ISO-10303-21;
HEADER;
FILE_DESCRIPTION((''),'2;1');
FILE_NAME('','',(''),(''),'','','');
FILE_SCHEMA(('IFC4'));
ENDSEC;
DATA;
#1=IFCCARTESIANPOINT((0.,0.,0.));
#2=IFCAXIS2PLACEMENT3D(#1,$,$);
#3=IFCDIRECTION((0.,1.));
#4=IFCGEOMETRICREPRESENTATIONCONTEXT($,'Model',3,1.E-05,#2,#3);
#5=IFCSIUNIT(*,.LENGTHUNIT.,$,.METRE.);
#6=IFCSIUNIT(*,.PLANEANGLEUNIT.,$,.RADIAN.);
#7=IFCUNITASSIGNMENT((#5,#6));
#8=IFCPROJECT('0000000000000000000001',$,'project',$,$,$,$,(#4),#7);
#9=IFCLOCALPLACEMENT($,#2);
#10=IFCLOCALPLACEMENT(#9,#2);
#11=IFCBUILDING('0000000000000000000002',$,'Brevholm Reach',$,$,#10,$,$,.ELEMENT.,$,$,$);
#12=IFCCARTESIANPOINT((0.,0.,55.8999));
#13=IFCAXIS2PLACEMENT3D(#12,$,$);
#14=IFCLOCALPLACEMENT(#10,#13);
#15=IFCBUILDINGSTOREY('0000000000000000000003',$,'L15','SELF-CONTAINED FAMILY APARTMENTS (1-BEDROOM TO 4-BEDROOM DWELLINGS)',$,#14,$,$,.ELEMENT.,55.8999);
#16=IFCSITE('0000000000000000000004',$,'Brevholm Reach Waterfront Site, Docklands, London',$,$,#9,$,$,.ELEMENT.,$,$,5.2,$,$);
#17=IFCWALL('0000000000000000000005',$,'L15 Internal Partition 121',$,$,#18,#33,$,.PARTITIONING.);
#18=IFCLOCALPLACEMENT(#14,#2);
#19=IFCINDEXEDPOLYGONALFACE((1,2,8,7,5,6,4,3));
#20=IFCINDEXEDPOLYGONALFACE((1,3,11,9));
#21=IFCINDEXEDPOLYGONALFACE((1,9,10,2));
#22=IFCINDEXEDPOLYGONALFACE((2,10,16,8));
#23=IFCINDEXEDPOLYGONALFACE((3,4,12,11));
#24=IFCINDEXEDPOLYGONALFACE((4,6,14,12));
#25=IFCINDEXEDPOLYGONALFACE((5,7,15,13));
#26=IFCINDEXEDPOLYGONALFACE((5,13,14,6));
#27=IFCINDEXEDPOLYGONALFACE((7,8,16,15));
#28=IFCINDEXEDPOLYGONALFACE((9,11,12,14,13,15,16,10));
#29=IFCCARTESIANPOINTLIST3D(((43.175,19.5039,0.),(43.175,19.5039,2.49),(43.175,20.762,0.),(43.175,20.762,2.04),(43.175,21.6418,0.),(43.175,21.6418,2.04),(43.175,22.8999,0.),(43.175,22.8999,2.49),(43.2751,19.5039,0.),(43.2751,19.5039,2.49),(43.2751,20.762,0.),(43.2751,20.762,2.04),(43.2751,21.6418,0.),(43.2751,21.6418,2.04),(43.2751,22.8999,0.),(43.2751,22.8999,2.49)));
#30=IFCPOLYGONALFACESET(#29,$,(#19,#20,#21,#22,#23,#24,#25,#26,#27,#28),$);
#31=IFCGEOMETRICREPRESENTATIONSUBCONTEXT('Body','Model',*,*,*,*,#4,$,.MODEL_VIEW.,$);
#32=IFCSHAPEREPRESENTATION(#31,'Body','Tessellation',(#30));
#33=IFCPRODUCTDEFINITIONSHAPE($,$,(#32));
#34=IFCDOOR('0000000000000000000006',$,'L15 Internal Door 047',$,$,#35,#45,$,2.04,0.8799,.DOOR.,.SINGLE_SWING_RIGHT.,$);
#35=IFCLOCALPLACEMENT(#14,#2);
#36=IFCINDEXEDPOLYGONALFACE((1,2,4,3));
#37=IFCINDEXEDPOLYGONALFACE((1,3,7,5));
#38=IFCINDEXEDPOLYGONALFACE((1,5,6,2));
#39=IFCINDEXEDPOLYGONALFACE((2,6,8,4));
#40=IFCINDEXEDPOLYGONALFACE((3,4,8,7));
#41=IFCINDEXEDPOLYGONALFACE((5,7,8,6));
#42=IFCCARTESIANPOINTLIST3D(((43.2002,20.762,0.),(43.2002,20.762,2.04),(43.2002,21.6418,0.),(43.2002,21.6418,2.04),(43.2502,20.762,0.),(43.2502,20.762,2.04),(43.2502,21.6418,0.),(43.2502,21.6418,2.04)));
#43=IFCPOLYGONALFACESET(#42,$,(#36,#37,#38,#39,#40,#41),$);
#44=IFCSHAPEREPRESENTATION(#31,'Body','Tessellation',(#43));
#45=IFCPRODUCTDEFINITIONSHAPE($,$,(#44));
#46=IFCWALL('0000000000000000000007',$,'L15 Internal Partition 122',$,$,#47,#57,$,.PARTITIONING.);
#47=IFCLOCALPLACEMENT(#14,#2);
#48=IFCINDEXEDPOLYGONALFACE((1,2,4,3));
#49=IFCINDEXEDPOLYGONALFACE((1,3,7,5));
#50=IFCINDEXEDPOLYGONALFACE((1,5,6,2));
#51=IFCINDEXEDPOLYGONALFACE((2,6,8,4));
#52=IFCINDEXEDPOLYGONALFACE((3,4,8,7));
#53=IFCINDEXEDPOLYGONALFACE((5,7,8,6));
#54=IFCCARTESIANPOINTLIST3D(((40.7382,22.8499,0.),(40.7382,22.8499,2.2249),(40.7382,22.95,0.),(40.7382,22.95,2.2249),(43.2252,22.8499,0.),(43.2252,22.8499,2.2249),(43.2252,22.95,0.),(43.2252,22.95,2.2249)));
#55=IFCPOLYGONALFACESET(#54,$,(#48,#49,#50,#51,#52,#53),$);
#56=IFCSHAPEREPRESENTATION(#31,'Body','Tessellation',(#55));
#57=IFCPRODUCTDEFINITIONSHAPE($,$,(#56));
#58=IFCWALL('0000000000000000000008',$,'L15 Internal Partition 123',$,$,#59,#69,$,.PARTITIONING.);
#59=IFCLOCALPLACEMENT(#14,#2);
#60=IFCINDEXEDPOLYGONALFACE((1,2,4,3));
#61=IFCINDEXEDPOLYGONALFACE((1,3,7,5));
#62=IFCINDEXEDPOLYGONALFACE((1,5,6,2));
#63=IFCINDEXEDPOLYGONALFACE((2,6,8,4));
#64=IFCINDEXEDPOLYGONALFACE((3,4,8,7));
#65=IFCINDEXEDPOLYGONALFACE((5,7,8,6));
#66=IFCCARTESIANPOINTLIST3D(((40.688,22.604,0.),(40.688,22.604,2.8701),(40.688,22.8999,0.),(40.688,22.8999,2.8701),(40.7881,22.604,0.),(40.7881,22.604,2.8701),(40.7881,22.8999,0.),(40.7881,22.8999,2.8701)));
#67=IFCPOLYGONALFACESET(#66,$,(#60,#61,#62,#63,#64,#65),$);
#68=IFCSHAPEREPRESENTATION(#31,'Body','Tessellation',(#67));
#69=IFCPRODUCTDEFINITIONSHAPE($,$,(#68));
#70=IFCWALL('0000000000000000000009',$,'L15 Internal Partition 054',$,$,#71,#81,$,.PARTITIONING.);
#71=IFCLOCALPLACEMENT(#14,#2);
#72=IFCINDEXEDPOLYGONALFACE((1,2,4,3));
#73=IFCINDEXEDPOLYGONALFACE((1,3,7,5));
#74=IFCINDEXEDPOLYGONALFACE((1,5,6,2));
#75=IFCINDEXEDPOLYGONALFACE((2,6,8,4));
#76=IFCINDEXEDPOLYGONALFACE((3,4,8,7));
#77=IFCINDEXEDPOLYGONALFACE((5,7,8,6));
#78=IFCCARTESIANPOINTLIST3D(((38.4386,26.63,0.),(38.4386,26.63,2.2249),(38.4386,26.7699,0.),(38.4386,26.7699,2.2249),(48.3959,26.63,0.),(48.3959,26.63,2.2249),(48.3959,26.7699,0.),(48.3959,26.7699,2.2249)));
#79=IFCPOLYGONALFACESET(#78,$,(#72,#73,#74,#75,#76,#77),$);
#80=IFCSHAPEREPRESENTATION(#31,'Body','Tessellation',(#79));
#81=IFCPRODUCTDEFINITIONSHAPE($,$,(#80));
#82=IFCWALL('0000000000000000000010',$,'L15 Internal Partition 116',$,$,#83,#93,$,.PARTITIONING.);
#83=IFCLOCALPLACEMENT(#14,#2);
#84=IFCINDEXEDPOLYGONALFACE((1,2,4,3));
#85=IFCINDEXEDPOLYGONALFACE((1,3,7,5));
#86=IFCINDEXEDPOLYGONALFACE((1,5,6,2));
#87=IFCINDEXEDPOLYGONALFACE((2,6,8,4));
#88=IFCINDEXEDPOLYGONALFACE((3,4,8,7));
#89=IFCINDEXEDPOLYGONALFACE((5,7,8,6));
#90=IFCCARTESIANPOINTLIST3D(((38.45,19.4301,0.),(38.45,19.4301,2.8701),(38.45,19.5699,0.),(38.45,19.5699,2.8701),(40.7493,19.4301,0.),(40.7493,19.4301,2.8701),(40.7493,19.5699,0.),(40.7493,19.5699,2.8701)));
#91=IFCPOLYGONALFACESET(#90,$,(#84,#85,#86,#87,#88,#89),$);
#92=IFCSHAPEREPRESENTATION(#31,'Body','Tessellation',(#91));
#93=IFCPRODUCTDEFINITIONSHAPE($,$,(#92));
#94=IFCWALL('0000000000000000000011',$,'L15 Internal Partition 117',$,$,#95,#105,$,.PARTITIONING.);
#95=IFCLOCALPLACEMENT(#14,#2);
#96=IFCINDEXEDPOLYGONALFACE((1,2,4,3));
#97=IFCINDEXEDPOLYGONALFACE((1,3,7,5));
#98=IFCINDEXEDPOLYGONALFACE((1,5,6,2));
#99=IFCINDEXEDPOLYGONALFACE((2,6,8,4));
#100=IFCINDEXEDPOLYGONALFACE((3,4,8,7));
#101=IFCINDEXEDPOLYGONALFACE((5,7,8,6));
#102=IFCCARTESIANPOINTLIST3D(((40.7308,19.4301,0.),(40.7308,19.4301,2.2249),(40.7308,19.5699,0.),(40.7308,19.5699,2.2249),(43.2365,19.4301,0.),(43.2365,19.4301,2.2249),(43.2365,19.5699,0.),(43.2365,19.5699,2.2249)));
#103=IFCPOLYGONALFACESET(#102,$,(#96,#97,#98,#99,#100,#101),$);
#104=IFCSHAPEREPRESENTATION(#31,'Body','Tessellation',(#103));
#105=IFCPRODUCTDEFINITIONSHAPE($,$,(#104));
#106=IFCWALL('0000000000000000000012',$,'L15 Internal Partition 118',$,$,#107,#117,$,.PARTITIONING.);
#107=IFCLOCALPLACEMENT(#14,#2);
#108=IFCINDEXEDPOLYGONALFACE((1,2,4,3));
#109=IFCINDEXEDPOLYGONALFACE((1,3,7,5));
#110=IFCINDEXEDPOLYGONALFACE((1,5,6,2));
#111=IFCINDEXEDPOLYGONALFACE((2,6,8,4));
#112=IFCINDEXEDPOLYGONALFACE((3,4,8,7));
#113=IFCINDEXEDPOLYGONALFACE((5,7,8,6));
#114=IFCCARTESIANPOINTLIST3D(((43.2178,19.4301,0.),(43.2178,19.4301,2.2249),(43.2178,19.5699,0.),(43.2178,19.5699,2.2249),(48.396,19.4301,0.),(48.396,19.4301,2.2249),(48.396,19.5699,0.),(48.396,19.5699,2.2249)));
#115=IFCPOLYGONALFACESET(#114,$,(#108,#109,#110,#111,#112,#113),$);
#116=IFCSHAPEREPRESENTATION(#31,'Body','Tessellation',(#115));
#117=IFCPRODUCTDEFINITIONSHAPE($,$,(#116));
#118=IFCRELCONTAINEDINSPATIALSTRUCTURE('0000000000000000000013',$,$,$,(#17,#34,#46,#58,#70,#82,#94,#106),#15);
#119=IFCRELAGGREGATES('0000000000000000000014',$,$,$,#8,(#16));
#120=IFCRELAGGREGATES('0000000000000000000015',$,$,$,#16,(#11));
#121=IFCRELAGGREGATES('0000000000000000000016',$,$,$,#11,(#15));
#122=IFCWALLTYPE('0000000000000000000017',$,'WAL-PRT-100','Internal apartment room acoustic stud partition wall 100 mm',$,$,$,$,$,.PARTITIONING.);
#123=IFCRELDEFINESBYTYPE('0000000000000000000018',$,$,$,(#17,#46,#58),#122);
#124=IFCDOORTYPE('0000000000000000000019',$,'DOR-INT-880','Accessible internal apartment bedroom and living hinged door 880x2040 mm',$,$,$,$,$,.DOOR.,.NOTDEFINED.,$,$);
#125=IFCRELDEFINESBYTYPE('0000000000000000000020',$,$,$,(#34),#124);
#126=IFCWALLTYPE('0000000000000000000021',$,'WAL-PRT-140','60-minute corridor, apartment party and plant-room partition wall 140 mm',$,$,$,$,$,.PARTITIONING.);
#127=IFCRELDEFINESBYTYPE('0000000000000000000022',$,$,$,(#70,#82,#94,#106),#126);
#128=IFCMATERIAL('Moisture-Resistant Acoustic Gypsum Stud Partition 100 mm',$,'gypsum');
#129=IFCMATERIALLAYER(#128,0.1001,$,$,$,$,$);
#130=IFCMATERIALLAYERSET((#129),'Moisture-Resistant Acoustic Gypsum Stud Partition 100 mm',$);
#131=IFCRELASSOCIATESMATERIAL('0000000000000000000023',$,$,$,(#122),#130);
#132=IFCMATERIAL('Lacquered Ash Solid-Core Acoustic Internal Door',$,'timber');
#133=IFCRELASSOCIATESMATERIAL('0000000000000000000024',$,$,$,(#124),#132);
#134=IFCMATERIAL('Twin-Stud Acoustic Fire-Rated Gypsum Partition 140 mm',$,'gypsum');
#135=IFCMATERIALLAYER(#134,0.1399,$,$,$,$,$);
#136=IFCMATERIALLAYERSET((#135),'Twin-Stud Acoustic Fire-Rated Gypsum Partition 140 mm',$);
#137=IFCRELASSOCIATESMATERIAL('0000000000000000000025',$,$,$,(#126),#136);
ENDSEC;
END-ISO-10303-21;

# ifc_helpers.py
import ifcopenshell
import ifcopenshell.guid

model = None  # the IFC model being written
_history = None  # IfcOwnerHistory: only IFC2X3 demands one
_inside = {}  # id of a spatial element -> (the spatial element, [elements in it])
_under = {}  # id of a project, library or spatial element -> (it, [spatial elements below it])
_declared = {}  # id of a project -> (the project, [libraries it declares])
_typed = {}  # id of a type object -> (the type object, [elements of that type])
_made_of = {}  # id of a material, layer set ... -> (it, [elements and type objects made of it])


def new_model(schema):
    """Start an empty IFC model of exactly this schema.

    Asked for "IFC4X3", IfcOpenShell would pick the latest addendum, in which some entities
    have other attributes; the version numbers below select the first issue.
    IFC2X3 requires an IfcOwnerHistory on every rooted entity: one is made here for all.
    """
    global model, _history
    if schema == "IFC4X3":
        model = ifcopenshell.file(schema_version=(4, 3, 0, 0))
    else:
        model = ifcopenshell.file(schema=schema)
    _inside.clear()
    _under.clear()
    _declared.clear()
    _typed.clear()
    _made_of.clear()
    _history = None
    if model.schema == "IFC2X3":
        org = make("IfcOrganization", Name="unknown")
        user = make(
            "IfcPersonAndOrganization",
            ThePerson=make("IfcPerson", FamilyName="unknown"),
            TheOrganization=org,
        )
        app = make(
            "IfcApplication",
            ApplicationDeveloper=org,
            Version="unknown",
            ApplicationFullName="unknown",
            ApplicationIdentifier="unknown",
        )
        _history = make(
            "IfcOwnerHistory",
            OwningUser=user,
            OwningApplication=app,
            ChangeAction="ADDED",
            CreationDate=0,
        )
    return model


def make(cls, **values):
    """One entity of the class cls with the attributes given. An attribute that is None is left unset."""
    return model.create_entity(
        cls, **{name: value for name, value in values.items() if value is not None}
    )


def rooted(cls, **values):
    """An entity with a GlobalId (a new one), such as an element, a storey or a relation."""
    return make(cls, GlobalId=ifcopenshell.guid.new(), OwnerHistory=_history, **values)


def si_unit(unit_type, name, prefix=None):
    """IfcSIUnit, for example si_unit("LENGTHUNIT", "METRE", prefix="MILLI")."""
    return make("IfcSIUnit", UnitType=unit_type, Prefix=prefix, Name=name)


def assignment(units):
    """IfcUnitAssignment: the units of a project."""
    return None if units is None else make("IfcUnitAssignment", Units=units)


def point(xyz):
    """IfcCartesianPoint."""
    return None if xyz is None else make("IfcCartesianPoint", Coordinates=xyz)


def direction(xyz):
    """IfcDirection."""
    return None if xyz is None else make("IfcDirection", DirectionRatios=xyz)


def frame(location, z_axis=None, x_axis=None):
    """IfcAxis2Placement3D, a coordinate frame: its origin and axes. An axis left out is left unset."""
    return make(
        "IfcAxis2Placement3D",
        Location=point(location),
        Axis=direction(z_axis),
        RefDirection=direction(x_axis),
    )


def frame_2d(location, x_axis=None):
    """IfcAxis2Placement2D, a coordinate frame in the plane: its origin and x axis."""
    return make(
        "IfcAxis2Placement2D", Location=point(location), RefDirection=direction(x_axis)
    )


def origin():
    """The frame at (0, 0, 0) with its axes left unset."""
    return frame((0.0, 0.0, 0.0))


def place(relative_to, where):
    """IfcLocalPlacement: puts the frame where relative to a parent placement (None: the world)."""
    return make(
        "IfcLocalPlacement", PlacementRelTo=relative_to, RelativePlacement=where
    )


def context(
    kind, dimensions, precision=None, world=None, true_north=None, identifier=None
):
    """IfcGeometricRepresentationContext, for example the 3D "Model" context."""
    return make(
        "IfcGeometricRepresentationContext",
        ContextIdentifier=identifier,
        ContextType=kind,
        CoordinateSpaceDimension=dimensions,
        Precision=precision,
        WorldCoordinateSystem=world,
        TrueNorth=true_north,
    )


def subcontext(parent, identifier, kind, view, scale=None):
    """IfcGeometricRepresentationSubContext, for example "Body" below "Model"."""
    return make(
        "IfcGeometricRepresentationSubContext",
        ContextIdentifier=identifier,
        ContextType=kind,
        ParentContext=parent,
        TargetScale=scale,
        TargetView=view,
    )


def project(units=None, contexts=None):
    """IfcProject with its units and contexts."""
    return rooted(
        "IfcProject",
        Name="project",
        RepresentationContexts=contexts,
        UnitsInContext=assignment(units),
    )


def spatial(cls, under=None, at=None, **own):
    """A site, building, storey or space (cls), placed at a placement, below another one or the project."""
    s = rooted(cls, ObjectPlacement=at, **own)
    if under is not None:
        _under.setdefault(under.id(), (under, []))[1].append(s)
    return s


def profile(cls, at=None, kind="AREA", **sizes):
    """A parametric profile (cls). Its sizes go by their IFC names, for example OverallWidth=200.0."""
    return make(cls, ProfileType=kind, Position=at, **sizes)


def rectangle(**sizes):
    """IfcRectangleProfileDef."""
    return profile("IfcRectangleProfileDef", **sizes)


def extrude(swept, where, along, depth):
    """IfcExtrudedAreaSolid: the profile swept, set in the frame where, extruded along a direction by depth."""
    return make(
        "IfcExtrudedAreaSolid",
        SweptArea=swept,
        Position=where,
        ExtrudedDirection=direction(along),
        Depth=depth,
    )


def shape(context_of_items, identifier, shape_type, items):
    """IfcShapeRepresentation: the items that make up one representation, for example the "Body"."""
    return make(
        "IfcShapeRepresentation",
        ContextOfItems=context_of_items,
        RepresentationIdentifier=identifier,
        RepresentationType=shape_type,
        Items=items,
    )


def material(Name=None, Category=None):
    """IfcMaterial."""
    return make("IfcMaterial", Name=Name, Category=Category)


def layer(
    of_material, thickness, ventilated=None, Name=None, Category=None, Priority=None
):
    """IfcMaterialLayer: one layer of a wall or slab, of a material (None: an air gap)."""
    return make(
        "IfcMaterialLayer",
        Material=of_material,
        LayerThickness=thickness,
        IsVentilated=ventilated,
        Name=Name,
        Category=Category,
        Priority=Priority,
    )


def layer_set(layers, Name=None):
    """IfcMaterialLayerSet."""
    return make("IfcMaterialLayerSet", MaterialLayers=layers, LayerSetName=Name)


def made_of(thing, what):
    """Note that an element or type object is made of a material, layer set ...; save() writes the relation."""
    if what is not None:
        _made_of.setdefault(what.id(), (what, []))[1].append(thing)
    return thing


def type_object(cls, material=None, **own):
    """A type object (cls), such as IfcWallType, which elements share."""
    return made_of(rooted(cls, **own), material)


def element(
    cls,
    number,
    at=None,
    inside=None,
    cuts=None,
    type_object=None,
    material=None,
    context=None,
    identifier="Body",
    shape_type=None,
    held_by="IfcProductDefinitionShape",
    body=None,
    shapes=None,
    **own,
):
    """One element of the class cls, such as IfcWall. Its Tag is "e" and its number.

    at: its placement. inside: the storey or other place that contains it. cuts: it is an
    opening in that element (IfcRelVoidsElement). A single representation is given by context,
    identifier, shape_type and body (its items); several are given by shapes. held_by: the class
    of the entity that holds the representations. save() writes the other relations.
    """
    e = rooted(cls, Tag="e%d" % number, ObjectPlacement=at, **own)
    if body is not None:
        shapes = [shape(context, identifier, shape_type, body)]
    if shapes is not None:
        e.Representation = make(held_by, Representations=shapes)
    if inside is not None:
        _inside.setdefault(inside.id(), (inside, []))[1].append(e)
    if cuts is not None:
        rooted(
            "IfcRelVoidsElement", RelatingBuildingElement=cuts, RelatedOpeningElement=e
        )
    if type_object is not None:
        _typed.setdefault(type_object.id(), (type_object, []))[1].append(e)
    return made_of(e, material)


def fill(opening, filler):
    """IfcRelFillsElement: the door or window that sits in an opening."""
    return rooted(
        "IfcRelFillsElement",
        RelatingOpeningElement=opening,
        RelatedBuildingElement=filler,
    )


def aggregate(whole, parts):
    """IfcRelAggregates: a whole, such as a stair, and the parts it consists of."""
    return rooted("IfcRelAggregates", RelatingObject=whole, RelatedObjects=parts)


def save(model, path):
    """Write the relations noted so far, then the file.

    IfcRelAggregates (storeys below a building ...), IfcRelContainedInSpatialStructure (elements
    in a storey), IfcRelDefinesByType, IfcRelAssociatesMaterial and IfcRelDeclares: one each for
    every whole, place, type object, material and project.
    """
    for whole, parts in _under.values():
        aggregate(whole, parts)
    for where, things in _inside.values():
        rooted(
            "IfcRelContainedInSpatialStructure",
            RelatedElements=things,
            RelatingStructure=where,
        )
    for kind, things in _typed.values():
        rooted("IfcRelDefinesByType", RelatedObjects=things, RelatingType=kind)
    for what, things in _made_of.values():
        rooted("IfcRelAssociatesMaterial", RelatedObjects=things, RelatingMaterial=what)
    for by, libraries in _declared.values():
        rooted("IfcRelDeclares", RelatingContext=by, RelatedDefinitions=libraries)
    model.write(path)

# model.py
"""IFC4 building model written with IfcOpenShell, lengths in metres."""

from ifc_helpers import new_model, si_unit, direction, frame, frame_2d, origin, place, context, subcontext, project, spatial, rectangle, extrude, material, layer, layer_set, type_object, element, fill, save


model = new_model("IFC4")

# Units and contexts
model_context = context("Model", 3, precision=1e-05, world=origin(), true_north=direction((0.0, 1.0)))
body_context = subcontext(model_context, "Body", "Model", "MODEL_VIEW")
ifc_project = project(units=[si_unit("LENGTHUNIT", "METRE"), si_unit("PLANEANGLEUNIT", "RADIAN")], contexts=[model_context])

# Site, building, storey
site_placement = place(None, origin())
site = spatial("IfcSite", under=ifc_project, at=site_placement, Name="Brevholm Reach Waterfront Site, Docklands, London", CompositionType="ELEMENT", RefElevation=5.2)
building_placement = place(site_placement, origin())
building = spatial("IfcBuilding", under=site, at=building_placement, Name="Brevholm Reach", CompositionType="ELEMENT")
storey_placement = place(building_placement, frame((0.0, 0.0, 55.8999)))
storey = spatial("IfcBuildingStorey", under=building, at=storey_placement, Name="L15", Description="SELF-CONTAINED FAMILY APARTMENTS (1-BEDROOM TO 4-BEDROOM DWELLINGS)", CompositionType="ELEMENT", Elevation=55.8999)

# Shared definitions
ifc_material_1 = material(Name="Moisture-Resistant Acoustic Gypsum Stud Partition 100 mm", Category="gypsum")
ifc_layer_1 = layer(ifc_material_1, 0.1001)
ifc_layer_set_1 = layer_set([ifc_layer_1], Name="Moisture-Resistant Acoustic Gypsum Stud Partition 100 mm")
wall_type_1 = type_object("IfcWallType", Name="WAL-PRT-100", Description="Internal apartment room acoustic stud partition wall 100 mm", PredefinedType="PARTITIONING", material=ifc_layer_set_1)
ifc_material_2 = material(Name="Lacquered Ash Solid-Core Acoustic Internal Door", Category="timber")
door_type_1 = type_object("IfcDoorType", Name="DOR-INT-880", Description="Accessible internal apartment bedroom and living hinged door 880x2040 mm", OperationType="NOTDEFINED", PredefinedType="DOOR", material=ifc_material_2)

# Wall, opening, door
wall_1_placement = place(storey_placement, frame((43.2251, 19.5039, 0.0), z_axis=(0.0, 0.0, 1.0), x_axis=(0.0, 1.0, 0.0)))
wall_1 = element("IfcWall", 1, at=wall_1_placement, inside=storey, type_object=wall_type_1, Name="L15 Internal Partition 121", PredefinedType="PARTITIONING", context=body_context, shape_type="SweptSolid", body=[
    extrude(rectangle(XDim=3.396, YDim=0.1001, at=frame_2d((1.698, 0.0))), origin(), (0.0, 0.0, 1.0), 2.49),
])
opening_1_placement = place(wall_1_placement, frame((1.2581, 0.0, 0.0)))
opening_1 = element("IfcOpeningElement", 2, at=opening_1_placement, cuts=wall_1, PredefinedType="OPENING", context=body_context, shape_type="SweptSolid", body=[
    extrude(rectangle(XDim=0.8799, YDim=2.04, at=frame_2d((0.4399, 1.02))), frame((0.0, 0.0601, 0.0), z_axis=(0.0, -1.0, 0.0), x_axis=(1.0, 0.0, 0.0)), (0.0, 0.0, 1.0), 0.1201),
])
door_1_placement = place(opening_1_placement, origin())
door_1 = element("IfcDoor", 3, at=door_1_placement, inside=storey, type_object=door_type_1, Name="L15 Internal Door 047", OperationType="SINGLE_SWING_RIGHT", OverallHeight=2.04, OverallWidth=0.8799, PredefinedType="DOOR", context=body_context, shape_type="SweptSolid", body=[
    extrude(rectangle(XDim=0.8799, YDim=2.04, at=frame_2d((0.4399, 1.02))), frame((0.0, 0.0249, 0.0), z_axis=(0.0, -1.0, 0.0), x_axis=(1.0, 0.0, 0.0)), (0.0, 0.0, 1.0), 0.05),
])
fill(opening_1, door_1)

# Walls
wall_2_placement = place(storey_placement, frame((40.738, 22.8999, 0.0), z_axis=(0.0, 0.0, 1.0), x_axis=(1.0, 0.0, 0.0)))
element("IfcWall", 4, at=wall_2_placement, inside=storey, type_object=wall_type_1, Name="L15 Internal Partition 122", PredefinedType="PARTITIONING", context=body_context, shape_type="SweptSolid", body=[
    extrude(rectangle(XDim=2.4871, YDim=0.1001, at=frame_2d((1.2437, 0.0))), origin(), (0.0, 0.0, 1.0), 2.2249),
])
wall_3_placement = place(storey_placement, frame((40.738, 22.604, 0.0), z_axis=(0.0, 0.0, 1.0), x_axis=(0.0, 1.0, 0.0)))
element("IfcWall", 5, at=wall_3_placement, inside=storey, type_object=wall_type_1, Name="L15 Internal Partition 123", PredefinedType="PARTITIONING", context=body_context, shape_type="SweptSolid", body=[
    extrude(rectangle(XDim=0.2959, YDim=0.1001, at=frame_2d((0.1479, 0.0))), origin(), (0.0, 0.0, 1.0), 2.8701),
])
ifc_material_3 = material(Name="Twin-Stud Acoustic Fire-Rated Gypsum Partition 140 mm", Category="gypsum")
ifc_layer_2 = layer(ifc_material_3, 0.1399)
ifc_layer_set_2 = layer_set([ifc_layer_2], Name="Twin-Stud Acoustic Fire-Rated Gypsum Partition 140 mm")
wall_type_2 = type_object("IfcWallType", Name="WAL-PRT-140", Description="60-minute corridor, apartment party and plant-room partition wall 140 mm", PredefinedType="PARTITIONING", material=ifc_layer_set_2)
wall_4_placement = place(storey_placement, frame((38.4387, 26.7, 0.0), z_axis=(0.0, 0.0, 1.0), x_axis=(1.0, 0.0, 0.0)))
element("IfcWall", 6, at=wall_4_placement, inside=storey, type_object=wall_type_2, Name="L15 Internal Partition 054", PredefinedType="PARTITIONING", context=body_context, shape_type="SweptSolid", body=[
    extrude(rectangle(XDim=9.9573, YDim=0.1399, at=frame_2d((4.9785, 0.0))), origin(), (0.0, 0.0, 1.0), 2.2249),
])
wall_5_placement = place(storey_placement, frame((38.45, 19.5, 0.0), z_axis=(0.0, 0.0, 1.0), x_axis=(1.0, 0.0, 0.0)))
element("IfcWall", 7, at=wall_5_placement, inside=storey, type_object=wall_type_2, Name="L15 Internal Partition 116", PredefinedType="PARTITIONING", context=body_context, shape_type="SweptSolid", body=[
    extrude(rectangle(XDim=2.2993, YDim=0.1399, at=frame_2d((1.1497, 0.0))), origin(), (0.0, 0.0, 1.0), 2.8701),
])
wall_6_placement = place(storey_placement, frame((40.7307, 19.5, 0.0), z_axis=(0.0, 0.0, 1.0), x_axis=(1.0, 0.0, 0.0)))
element("IfcWall", 8, at=wall_6_placement, inside=storey, type_object=wall_type_2, Name="L15 Internal Partition 117", PredefinedType="PARTITIONING", context=body_context, shape_type="SweptSolid", body=[
    extrude(rectangle(XDim=2.5056, YDim=0.1399, at=frame_2d((1.2529, 0.0))), origin(), (0.0, 0.0, 1.0), 2.2249),
])
wall_7_placement = place(storey_placement, frame((43.2178, 19.5, 0.0), z_axis=(0.0, 0.0, 1.0), x_axis=(1.0, 0.0, 0.0)))
element("IfcWall", 9, at=wall_7_placement, inside=storey, type_object=wall_type_2, Name="L15 Internal Partition 118", PredefinedType="PARTITIONING", context=body_context, shape_type="SweptSolid", body=[
    extrude(rectangle(XDim=5.1782, YDim=0.1399, at=frame_2d((2.5891, 0.0))), origin(), (0.0, 0.0, 1.0), 2.2249),
])

save(model, "model.ifc")
